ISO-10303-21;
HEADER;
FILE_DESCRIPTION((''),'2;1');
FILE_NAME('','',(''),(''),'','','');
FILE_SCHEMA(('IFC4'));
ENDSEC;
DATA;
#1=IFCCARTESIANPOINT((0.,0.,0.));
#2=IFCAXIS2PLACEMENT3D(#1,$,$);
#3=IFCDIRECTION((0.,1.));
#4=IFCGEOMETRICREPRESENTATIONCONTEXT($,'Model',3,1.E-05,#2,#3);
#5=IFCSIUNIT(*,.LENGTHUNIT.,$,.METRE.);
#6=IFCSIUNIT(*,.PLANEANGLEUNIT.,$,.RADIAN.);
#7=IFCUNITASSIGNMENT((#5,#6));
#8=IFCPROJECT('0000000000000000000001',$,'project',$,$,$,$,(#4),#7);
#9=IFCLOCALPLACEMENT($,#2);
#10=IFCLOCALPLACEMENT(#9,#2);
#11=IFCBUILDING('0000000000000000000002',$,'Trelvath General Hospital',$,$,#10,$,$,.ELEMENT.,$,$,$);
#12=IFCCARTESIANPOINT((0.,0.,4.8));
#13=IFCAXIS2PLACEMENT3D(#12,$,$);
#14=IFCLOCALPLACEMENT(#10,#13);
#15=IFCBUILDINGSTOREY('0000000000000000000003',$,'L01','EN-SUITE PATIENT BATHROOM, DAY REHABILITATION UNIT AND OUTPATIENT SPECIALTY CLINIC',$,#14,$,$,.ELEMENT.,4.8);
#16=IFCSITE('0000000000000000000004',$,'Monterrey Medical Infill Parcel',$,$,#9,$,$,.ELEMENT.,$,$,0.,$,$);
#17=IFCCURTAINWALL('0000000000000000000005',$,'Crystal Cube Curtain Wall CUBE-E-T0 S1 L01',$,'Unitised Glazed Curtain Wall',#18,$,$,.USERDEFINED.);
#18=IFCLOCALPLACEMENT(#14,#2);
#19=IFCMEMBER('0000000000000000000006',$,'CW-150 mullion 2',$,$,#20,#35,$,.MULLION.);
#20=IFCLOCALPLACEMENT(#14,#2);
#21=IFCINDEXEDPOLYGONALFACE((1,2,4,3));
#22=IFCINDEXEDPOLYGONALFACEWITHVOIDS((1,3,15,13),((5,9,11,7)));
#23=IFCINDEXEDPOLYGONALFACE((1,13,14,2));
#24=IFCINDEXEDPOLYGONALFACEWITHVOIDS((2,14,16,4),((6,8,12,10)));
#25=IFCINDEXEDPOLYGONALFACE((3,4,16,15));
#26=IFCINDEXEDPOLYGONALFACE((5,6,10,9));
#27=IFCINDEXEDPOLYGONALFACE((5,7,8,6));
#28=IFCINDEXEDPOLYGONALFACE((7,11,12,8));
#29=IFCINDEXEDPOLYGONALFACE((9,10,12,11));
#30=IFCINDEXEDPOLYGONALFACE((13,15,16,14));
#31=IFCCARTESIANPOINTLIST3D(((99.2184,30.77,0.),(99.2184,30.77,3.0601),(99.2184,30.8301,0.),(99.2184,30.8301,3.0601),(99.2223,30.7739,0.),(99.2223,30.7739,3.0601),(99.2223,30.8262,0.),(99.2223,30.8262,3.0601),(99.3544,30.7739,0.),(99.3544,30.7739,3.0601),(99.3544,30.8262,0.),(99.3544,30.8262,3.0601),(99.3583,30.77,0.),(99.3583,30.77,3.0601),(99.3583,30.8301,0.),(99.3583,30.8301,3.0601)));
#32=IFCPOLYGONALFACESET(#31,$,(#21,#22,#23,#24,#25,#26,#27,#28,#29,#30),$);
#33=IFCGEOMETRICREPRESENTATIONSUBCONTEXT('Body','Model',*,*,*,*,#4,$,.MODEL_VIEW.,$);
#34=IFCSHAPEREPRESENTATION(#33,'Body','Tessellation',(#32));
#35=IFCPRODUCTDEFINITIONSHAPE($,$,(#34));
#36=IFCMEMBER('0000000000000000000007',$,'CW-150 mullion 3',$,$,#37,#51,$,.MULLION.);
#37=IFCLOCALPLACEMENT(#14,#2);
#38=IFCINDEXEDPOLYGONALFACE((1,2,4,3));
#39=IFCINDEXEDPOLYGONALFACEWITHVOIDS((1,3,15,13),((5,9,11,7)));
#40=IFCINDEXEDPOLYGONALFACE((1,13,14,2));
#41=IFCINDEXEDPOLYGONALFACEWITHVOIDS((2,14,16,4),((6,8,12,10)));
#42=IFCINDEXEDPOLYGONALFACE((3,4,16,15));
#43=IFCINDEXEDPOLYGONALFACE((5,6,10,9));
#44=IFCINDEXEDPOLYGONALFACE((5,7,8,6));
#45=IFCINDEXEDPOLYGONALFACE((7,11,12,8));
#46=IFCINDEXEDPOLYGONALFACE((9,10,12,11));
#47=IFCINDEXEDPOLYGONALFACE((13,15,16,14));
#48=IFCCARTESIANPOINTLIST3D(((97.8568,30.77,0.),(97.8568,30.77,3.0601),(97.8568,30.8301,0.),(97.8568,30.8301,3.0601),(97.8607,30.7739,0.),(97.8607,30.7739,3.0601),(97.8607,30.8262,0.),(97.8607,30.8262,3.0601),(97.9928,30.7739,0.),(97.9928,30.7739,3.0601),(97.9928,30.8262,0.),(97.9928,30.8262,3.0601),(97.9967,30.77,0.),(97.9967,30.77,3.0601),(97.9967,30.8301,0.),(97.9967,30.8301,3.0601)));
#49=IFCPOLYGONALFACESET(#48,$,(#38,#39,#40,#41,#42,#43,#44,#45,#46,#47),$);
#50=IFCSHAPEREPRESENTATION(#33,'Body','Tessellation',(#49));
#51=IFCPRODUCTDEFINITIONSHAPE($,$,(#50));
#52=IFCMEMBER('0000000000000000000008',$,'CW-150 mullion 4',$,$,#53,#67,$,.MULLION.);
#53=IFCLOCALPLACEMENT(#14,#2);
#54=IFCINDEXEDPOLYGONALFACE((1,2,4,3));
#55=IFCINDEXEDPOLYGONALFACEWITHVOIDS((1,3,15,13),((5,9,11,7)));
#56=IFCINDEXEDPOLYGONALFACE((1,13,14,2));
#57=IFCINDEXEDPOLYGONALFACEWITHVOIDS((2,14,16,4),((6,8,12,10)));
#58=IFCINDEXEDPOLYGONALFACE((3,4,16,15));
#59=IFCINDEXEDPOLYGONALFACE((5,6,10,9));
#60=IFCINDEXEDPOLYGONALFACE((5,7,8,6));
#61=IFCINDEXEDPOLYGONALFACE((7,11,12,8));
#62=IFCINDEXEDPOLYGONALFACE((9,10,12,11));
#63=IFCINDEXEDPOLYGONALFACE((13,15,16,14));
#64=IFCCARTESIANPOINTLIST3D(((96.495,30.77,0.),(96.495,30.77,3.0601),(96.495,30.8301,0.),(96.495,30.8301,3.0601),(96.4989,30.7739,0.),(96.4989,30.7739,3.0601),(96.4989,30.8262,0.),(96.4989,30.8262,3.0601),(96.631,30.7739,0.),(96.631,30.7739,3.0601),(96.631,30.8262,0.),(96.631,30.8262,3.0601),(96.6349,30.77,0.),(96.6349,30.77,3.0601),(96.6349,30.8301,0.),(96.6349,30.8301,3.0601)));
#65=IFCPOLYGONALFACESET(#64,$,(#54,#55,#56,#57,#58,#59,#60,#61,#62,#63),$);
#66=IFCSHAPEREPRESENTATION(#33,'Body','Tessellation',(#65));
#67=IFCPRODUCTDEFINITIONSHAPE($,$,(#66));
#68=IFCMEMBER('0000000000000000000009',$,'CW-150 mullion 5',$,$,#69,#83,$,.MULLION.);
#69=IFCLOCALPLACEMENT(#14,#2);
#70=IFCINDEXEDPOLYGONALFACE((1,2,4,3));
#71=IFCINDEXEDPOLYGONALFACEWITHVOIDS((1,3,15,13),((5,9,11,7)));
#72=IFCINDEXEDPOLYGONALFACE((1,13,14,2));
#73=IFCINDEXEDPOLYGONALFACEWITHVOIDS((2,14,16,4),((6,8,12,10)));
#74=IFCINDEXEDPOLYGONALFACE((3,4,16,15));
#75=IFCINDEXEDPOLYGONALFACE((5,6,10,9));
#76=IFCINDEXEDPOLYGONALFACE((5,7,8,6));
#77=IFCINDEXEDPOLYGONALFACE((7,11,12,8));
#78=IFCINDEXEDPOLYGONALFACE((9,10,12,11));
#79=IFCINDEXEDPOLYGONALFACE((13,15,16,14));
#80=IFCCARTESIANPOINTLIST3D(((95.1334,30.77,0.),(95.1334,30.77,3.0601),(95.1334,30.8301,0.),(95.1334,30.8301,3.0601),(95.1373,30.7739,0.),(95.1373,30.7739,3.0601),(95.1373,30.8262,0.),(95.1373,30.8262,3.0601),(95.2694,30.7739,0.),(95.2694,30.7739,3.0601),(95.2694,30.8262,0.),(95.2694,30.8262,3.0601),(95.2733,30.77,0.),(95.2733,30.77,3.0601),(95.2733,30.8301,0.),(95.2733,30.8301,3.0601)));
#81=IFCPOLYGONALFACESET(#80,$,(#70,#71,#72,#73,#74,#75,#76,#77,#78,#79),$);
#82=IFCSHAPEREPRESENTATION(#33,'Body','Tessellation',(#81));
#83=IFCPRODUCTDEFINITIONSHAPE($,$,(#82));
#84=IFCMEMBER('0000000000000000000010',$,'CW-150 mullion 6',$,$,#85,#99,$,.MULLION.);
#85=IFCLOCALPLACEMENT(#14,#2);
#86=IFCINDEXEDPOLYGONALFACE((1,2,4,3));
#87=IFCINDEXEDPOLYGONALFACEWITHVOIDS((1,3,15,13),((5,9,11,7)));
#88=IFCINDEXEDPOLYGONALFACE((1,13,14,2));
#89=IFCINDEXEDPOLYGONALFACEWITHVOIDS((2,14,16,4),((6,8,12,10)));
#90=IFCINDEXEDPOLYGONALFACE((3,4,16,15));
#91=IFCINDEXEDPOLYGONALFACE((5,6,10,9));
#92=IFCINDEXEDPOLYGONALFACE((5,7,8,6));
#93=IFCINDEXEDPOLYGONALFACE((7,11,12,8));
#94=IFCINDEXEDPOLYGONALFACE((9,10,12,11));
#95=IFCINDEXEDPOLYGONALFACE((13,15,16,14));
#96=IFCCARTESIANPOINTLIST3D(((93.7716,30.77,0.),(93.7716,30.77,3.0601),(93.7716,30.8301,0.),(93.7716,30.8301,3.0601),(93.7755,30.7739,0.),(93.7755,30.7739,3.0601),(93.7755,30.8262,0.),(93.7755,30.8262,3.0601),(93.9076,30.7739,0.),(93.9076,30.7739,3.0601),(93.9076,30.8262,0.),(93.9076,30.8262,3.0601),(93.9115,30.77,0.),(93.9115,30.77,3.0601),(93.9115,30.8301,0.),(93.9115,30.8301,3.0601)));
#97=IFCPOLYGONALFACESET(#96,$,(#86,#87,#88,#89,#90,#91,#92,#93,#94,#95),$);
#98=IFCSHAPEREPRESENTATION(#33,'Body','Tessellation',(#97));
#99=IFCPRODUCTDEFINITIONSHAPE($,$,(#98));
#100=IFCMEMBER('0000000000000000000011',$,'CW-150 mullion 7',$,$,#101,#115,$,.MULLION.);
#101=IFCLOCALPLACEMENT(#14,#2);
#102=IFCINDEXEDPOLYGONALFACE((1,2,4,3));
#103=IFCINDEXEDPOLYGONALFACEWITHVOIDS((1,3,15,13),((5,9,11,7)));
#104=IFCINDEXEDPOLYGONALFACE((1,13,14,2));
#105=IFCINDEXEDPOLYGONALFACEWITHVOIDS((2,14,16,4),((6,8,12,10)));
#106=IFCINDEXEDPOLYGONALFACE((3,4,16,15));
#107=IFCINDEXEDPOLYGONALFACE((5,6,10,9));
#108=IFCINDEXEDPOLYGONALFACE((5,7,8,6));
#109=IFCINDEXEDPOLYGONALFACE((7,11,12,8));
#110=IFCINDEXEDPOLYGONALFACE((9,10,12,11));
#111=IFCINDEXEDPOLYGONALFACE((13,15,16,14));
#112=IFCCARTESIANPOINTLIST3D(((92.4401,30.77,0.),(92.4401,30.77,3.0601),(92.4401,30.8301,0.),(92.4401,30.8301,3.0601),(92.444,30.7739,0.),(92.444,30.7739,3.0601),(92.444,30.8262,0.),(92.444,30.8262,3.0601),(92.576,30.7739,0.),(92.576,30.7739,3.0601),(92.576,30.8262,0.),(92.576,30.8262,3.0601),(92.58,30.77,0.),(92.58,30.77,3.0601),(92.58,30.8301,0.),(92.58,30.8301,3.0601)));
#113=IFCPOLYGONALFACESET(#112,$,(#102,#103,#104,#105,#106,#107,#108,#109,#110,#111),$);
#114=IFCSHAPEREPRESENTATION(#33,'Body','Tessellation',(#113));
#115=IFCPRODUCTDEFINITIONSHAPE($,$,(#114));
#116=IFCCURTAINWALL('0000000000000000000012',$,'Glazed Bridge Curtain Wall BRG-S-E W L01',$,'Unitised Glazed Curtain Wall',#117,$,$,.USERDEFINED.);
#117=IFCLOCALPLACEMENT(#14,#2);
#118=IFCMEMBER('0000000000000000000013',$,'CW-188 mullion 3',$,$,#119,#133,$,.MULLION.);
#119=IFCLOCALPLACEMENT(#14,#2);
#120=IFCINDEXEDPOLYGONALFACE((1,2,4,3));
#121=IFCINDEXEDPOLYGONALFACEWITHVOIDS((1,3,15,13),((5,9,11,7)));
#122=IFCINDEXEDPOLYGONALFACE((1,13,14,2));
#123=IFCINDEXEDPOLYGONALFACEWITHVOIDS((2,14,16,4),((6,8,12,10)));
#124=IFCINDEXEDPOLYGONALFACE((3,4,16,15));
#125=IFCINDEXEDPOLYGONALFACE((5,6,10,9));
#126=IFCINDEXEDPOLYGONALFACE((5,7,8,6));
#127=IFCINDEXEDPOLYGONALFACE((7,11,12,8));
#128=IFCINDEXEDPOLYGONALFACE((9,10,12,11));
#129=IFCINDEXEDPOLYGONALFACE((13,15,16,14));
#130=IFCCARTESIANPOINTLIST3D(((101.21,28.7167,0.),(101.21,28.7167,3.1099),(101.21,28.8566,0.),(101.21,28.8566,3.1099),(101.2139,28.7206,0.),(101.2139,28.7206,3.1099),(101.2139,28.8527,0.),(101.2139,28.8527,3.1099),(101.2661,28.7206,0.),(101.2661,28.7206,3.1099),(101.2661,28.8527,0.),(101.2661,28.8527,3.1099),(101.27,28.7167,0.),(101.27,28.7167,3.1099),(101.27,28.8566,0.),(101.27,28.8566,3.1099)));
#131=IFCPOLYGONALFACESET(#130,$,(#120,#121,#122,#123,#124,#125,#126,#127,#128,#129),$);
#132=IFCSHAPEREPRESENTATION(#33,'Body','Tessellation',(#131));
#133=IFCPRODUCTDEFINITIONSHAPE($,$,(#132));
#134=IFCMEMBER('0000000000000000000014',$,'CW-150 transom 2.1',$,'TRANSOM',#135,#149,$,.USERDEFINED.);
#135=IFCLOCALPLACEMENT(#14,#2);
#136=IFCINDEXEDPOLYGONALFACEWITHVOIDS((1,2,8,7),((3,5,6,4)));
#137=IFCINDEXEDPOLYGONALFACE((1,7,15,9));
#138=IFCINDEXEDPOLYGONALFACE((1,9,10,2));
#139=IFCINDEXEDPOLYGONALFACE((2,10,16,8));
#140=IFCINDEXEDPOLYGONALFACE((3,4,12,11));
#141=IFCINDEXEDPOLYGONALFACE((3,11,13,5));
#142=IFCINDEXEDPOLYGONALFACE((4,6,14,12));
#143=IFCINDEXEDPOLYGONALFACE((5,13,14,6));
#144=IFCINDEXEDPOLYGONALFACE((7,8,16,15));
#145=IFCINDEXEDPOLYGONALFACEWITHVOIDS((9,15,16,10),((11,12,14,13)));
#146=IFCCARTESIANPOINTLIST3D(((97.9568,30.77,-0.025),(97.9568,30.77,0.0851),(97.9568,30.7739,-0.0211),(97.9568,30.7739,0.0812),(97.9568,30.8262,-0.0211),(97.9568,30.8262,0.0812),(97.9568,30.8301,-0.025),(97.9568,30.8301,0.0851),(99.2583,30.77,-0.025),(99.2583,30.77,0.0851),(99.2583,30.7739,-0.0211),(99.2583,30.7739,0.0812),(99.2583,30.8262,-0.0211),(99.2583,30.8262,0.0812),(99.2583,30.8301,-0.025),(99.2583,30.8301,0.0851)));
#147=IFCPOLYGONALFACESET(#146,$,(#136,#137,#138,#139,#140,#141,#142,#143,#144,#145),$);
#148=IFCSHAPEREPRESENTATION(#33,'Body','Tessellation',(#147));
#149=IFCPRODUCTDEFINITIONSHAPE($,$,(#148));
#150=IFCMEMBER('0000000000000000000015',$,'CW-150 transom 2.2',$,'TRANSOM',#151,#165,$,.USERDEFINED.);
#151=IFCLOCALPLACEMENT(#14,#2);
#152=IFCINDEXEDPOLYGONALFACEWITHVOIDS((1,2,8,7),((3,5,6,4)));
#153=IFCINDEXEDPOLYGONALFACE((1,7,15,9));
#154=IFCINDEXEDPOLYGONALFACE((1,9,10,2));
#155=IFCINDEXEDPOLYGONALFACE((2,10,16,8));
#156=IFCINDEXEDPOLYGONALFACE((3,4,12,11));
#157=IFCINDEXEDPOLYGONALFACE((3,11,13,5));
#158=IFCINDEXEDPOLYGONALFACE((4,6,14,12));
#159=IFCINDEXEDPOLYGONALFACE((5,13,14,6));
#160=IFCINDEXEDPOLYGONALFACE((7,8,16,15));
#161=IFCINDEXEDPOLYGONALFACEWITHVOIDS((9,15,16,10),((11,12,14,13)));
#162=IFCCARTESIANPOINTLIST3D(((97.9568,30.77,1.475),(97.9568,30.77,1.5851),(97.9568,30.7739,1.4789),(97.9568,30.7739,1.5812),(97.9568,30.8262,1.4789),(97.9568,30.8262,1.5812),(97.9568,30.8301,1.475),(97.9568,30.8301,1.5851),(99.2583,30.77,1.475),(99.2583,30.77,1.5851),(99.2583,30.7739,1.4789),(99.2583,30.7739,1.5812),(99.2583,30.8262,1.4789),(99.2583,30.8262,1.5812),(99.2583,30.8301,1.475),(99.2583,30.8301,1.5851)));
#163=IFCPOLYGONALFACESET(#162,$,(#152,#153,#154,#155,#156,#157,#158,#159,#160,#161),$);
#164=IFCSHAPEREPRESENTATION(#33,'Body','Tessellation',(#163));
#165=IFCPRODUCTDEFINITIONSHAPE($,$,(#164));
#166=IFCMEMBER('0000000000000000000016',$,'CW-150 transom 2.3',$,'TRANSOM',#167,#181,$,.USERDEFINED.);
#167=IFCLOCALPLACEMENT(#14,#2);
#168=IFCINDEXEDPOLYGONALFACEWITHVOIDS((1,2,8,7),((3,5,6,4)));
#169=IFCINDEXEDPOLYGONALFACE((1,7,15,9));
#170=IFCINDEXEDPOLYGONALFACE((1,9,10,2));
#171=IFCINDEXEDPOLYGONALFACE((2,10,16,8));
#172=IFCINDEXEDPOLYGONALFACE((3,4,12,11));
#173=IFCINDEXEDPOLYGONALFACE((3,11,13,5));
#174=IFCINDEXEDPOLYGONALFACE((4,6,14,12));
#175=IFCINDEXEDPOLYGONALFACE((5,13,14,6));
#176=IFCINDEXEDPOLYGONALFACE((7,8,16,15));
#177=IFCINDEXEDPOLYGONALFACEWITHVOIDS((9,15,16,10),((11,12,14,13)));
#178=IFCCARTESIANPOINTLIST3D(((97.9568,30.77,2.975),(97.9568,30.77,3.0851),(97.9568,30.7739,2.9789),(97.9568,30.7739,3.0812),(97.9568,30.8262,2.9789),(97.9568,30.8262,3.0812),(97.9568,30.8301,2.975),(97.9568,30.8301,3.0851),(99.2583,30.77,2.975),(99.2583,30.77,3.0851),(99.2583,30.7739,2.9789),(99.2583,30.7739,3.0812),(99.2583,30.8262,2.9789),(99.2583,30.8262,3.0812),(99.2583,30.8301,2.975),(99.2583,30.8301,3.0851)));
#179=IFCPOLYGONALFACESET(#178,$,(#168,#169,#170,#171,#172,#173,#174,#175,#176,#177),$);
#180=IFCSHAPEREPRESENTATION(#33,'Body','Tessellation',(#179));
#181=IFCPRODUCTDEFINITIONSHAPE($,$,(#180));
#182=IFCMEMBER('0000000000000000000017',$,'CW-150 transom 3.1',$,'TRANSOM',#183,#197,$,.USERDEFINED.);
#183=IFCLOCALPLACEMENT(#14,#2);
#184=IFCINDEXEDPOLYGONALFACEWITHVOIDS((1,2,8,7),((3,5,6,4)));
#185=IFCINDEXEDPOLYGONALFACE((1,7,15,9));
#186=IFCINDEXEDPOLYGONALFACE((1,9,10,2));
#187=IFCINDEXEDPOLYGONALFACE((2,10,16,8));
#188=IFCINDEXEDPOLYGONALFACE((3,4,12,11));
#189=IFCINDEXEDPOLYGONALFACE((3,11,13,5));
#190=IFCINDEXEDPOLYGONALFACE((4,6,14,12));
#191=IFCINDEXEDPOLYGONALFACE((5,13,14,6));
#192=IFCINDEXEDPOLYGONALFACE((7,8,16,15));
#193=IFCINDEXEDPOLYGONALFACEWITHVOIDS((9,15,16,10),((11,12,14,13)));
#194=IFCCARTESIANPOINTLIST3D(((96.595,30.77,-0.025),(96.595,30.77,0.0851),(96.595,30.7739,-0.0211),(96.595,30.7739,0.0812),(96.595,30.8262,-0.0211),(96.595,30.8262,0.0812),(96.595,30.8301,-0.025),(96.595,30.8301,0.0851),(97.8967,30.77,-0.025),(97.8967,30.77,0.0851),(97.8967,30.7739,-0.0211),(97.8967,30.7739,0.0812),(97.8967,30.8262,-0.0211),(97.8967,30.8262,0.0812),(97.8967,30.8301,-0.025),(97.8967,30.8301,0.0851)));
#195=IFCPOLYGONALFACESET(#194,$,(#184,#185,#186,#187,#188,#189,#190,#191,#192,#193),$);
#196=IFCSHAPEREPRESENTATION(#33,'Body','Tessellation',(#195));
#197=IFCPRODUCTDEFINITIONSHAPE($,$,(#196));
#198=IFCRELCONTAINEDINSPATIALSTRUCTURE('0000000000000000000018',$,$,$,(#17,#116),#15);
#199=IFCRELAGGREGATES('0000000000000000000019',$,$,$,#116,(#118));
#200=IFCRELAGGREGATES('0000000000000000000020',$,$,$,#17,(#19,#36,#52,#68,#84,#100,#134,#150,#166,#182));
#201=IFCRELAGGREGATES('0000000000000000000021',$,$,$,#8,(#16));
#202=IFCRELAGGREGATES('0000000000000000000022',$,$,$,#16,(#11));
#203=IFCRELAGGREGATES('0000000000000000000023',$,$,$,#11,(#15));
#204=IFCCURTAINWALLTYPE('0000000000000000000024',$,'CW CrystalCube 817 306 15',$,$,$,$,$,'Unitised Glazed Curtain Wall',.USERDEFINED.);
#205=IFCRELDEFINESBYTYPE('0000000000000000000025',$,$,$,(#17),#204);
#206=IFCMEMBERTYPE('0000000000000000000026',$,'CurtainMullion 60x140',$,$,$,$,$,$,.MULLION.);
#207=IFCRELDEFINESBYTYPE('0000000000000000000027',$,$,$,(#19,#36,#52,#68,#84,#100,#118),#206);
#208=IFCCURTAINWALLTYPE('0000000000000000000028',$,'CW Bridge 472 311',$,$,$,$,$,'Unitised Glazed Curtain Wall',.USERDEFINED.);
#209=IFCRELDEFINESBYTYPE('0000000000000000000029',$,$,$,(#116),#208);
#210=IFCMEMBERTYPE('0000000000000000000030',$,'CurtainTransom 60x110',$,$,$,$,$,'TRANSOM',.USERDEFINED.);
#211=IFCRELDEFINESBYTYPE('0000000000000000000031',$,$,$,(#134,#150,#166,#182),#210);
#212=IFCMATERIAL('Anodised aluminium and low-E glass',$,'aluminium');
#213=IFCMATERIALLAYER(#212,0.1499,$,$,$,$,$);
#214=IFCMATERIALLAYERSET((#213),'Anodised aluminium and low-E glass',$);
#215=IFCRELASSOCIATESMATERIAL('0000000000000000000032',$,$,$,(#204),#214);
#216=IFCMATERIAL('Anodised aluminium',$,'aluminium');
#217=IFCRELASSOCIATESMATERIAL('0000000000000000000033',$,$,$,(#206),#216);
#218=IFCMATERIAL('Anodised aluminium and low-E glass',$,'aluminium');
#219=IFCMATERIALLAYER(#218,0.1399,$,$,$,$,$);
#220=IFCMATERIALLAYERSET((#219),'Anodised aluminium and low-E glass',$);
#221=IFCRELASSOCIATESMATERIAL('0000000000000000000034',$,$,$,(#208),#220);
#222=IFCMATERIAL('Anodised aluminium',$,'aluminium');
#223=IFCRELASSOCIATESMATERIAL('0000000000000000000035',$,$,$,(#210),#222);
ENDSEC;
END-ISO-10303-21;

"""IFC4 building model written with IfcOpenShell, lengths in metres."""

from ifc_helpers import new_model, si_unit, direction, frame, origin, origin_2d, place, context, subcontext, project, spatial, hollow_rectangle, extrude, material, layer, layer_set, material_profile, profile_set, type_object, element, aggregate, save


model = new_model("IFC4")

# Units and contexts
model_context = context("Model", 3, precision=1e-05, world=origin(), true_north=direction((0.0, 1.0)))
body_context = subcontext(model_context, "Body", "Model", "MODEL_VIEW")
ifc_project = project(units=[si_unit("LENGTHUNIT", "METRE"), si_unit("PLANEANGLEUNIT", "RADIAN")], contexts=[model_context])

# Site, building, storey
site_placement = place(None, origin())
site = spatial("IfcSite", under=ifc_project, at=site_placement, Name="Monterrey Medical Infill Parcel", CompositionType="ELEMENT", RefElevation=0.0)
building_placement = place(site_placement, origin())
building = spatial("IfcBuilding", under=site, at=building_placement, Name="Trelvath General Hospital", CompositionType="ELEMENT")
storey_placement = place(building_placement, frame((0.0, 0.0, 4.8)))
storey = spatial("IfcBuildingStorey", under=building, at=storey_placement, Name="L01", Description="EN-SUITE PATIENT BATHROOM, DAY REHABILITATION UNIT AND OUTPATIENT SPECIALTY CLINIC", CompositionType="ELEMENT", Elevation=4.8)

# Curtain wall, members
ifc_material_1 = material(Name="Anodised aluminium and low-E glass", Category="aluminium")
ifc_layer_1 = layer(ifc_material_1, 0.1499)
ifc_layer_set_1 = layer_set([ifc_layer_1], Name="Anodised aluminium and low-E glass")
curtain_wall_type_1 = type_object("IfcCurtainWallType", Name="CW CrystalCube 817 306 15", ElementType="Unitised Glazed Curtain Wall", PredefinedType="USERDEFINED", material=ifc_layer_set_1)
curtain_wall_1_placement = place(storey_placement, origin())
curtain_wall_1 = element("IfcCurtainWall", 1, at=curtain_wall_1_placement, inside=storey, type_object=curtain_wall_type_1, Name="Crystal Cube Curtain Wall CUBE-E-T0 S1 L01", ObjectType="Unitised Glazed Curtain Wall", PredefinedType="USERDEFINED")
ifc_material_2 = material(Name="Anodised aluminium", Category="aluminium")
ifc_material_profile_1 = material_profile(ifc_material_2, hollow_rectangle(XDim=0.0601, YDim=0.1399, WallThickness=0.0039, at=origin_2d()), Name="RHS60x140x4")
ifc_profile_set_1 = profile_set([ifc_material_profile_1], Name="Anodised aluminium")
member_type_1 = type_object("IfcMemberType", Name="CurtainMullion 60x140", PredefinedType="MULLION", material=ifc_profile_set_1)
member_1_placement = place(storey_placement, frame((99.2883, 30.8, 0.0), z_axis=(0.0, 0.0, 1.0), x_axis=(0.0, -1.0, 0.0)))
member_1 = element("IfcMember", 2, at=member_1_placement, type_object=member_type_1, Name="CW-150 mullion 2", PredefinedType="MULLION", context=body_context, shape_type="SweptSolid", body=[
    extrude(hollow_rectangle(XDim=0.0601, YDim=0.1399, WallThickness=0.0039, at=origin_2d()), origin(), (0.0, 0.0, 1.0), 3.0601),
])
member_2_placement = place(storey_placement, frame((97.9268, 30.8, 0.0), z_axis=(0.0, 0.0, 1.0), x_axis=(0.0, -1.0, 0.0)))
member_2 = element("IfcMember", 3, at=member_2_placement, type_object=member_type_1, Name="CW-150 mullion 3", PredefinedType="MULLION", context=body_context, shape_type="SweptSolid", body=[
    extrude(hollow_rectangle(XDim=0.0601, YDim=0.1399, WallThickness=0.0039, at=origin_2d()), origin(), (0.0, 0.0, 1.0), 3.0601),
])
member_3_placement = place(storey_placement, frame((96.5649, 30.8, 0.0), z_axis=(0.0, 0.0, 1.0), x_axis=(0.0, -1.0, 0.0)))
member_3 = element("IfcMember", 4, at=member_3_placement, type_object=member_type_1, Name="CW-150 mullion 4", PredefinedType="MULLION", context=body_context, shape_type="SweptSolid", body=[
    extrude(hollow_rectangle(XDim=0.0601, YDim=0.1399, WallThickness=0.0039, at=origin_2d()), origin(), (0.0, 0.0, 1.0), 3.0601),
])
member_4_placement = place(storey_placement, frame((95.2034, 30.8, 0.0), z_axis=(0.0, 0.0, 1.0), x_axis=(0.0, -1.0, 0.0)))
member_4 = element("IfcMember", 5, at=member_4_placement, type_object=member_type_1, Name="CW-150 mullion 5", PredefinedType="MULLION", context=body_context, shape_type="SweptSolid", body=[
    extrude(hollow_rectangle(XDim=0.0601, YDim=0.1399, WallThickness=0.0039, at=origin_2d()), origin(), (0.0, 0.0, 1.0), 3.0601),
])
member_5_placement = place(storey_placement, frame((93.8416, 30.8, 0.0), z_axis=(0.0, 0.0, 1.0), x_axis=(0.0, -1.0, 0.0)))
member_5 = element("IfcMember", 6, at=member_5_placement, type_object=member_type_1, Name="CW-150 mullion 6", PredefinedType="MULLION", context=body_context, shape_type="SweptSolid", body=[
    extrude(hollow_rectangle(XDim=0.0601, YDim=0.1399, WallThickness=0.0039, at=origin_2d()), origin(), (0.0, 0.0, 1.0), 3.0601),
])
member_6_placement = place(storey_placement, frame((92.51, 30.8, 0.0), z_axis=(0.0, 0.0, 1.0), x_axis=(0.0, -1.0, 0.0)))
member_6 = element("IfcMember", 7, at=member_6_placement, type_object=member_type_1, Name="CW-150 mullion 7", PredefinedType="MULLION", context=body_context, shape_type="SweptSolid", body=[
    extrude(hollow_rectangle(XDim=0.0601, YDim=0.1399, WallThickness=0.0039, at=origin_2d()), origin(), (0.0, 0.0, 1.0), 3.0601),
])

# Curtain wall, member
ifc_material_3 = material(Name="Anodised aluminium and low-E glass", Category="aluminium")
ifc_layer_2 = layer(ifc_material_3, 0.1399)
ifc_layer_set_2 = layer_set([ifc_layer_2], Name="Anodised aluminium and low-E glass")
curtain_wall_type_2 = type_object("IfcCurtainWallType", Name="CW Bridge 472 311", ElementType="Unitised Glazed Curtain Wall", PredefinedType="USERDEFINED", material=ifc_layer_set_2)
curtain_wall_2_placement = place(storey_placement, origin())
curtain_wall_2 = element("IfcCurtainWall", 8, at=curtain_wall_2_placement, inside=storey, type_object=curtain_wall_type_2, Name="Glazed Bridge Curtain Wall BRG-S-E W L01", ObjectType="Unitised Glazed Curtain Wall", PredefinedType="USERDEFINED")
member_7_placement = place(storey_placement, frame((101.24, 28.7866, 0.0), z_axis=(0.0, 0.0, 1.0), x_axis=(-1.0, 0.0, 0.0)))
member_7 = element("IfcMember", 9, at=member_7_placement, type_object=member_type_1, Name="CW-188 mullion 3", PredefinedType="MULLION", context=body_context, shape_type="SweptSolid", body=[
    extrude(hollow_rectangle(XDim=0.0601, YDim=0.1399, WallThickness=0.0039, at=origin_2d()), origin(), (0.0, 0.0, 1.0), 3.1099),
])

# Members
ifc_material_4 = material(Name="Anodised aluminium", Category="aluminium")
ifc_material_profile_2 = material_profile(ifc_material_4, hollow_rectangle(XDim=0.0601, YDim=0.1101, WallThickness=0.0039, at=origin_2d()), Name="RHS60x110x4")
ifc_profile_set_2 = profile_set([ifc_material_profile_2], Name="Anodised aluminium")
member_type_2 = type_object("IfcMemberType", Name="CurtainTransom 60x110", ElementType="TRANSOM", PredefinedType="USERDEFINED", material=ifc_profile_set_2)
member_8_placement = place(storey_placement, frame((99.2583, 30.8, 0.03), z_axis=(-1.0, 0.0, 0.0), x_axis=(0.0, -1.0, 0.0)))
member_8 = element("IfcMember", 10, at=member_8_placement, type_object=member_type_2, Name="CW-150 transom 2.1", ObjectType="TRANSOM", PredefinedType="USERDEFINED", context=body_context, shape_type="SweptSolid", body=[
    extrude(hollow_rectangle(XDim=0.0601, YDim=0.1101, WallThickness=0.0039, at=origin_2d()), origin(), (0.0, 0.0, 1.0), 1.3015),
])
member_9_placement = place(storey_placement, frame((99.2583, 30.8, 1.53), z_axis=(-1.0, 0.0, 0.0), x_axis=(0.0, -1.0, 0.0)))
member_9 = element("IfcMember", 11, at=member_9_placement, type_object=member_type_2, Name="CW-150 transom 2.2", ObjectType="TRANSOM", PredefinedType="USERDEFINED", context=body_context, shape_type="SweptSolid", body=[
    extrude(hollow_rectangle(XDim=0.0601, YDim=0.1101, WallThickness=0.0039, at=origin_2d()), origin(), (0.0, 0.0, 1.0), 1.3015),
])
member_10_placement = place(storey_placement, frame((99.2583, 30.8, 3.03), z_axis=(-1.0, 0.0, 0.0), x_axis=(0.0, -1.0, 0.0)))
member_10 = element("IfcMember", 12, at=member_10_placement, type_object=member_type_2, Name="CW-150 transom 2.3", ObjectType="TRANSOM", PredefinedType="USERDEFINED", context=body_context, shape_type="SweptSolid", body=[
    extrude(hollow_rectangle(XDim=0.0601, YDim=0.1101, WallThickness=0.0039, at=origin_2d()), origin(), (0.0, 0.0, 1.0), 1.3015),
])
member_11_placement = place(storey_placement, frame((97.8967, 30.8, 0.03), z_axis=(-1.0, 0.0, 0.0), x_axis=(0.0, -1.0, 0.0)))
member_11 = element("IfcMember", 13, at=member_11_placement, type_object=member_type_2, Name="CW-150 transom 3.1", ObjectType="TRANSOM", PredefinedType="USERDEFINED", context=body_context, shape_type="SweptSolid", body=[
    extrude(hollow_rectangle(XDim=0.0601, YDim=0.1101, WallThickness=0.0039, at=origin_2d()), origin(), (0.0, 0.0, 1.0), 1.3018),
])
aggregate(curtain_wall_2, [member_7])

aggregate(curtain_wall_1, [member_1, member_2, member_3, member_4, member_5, member_6, member_8, member_9, member_10, member_11])

save(model, "model.ifc")
